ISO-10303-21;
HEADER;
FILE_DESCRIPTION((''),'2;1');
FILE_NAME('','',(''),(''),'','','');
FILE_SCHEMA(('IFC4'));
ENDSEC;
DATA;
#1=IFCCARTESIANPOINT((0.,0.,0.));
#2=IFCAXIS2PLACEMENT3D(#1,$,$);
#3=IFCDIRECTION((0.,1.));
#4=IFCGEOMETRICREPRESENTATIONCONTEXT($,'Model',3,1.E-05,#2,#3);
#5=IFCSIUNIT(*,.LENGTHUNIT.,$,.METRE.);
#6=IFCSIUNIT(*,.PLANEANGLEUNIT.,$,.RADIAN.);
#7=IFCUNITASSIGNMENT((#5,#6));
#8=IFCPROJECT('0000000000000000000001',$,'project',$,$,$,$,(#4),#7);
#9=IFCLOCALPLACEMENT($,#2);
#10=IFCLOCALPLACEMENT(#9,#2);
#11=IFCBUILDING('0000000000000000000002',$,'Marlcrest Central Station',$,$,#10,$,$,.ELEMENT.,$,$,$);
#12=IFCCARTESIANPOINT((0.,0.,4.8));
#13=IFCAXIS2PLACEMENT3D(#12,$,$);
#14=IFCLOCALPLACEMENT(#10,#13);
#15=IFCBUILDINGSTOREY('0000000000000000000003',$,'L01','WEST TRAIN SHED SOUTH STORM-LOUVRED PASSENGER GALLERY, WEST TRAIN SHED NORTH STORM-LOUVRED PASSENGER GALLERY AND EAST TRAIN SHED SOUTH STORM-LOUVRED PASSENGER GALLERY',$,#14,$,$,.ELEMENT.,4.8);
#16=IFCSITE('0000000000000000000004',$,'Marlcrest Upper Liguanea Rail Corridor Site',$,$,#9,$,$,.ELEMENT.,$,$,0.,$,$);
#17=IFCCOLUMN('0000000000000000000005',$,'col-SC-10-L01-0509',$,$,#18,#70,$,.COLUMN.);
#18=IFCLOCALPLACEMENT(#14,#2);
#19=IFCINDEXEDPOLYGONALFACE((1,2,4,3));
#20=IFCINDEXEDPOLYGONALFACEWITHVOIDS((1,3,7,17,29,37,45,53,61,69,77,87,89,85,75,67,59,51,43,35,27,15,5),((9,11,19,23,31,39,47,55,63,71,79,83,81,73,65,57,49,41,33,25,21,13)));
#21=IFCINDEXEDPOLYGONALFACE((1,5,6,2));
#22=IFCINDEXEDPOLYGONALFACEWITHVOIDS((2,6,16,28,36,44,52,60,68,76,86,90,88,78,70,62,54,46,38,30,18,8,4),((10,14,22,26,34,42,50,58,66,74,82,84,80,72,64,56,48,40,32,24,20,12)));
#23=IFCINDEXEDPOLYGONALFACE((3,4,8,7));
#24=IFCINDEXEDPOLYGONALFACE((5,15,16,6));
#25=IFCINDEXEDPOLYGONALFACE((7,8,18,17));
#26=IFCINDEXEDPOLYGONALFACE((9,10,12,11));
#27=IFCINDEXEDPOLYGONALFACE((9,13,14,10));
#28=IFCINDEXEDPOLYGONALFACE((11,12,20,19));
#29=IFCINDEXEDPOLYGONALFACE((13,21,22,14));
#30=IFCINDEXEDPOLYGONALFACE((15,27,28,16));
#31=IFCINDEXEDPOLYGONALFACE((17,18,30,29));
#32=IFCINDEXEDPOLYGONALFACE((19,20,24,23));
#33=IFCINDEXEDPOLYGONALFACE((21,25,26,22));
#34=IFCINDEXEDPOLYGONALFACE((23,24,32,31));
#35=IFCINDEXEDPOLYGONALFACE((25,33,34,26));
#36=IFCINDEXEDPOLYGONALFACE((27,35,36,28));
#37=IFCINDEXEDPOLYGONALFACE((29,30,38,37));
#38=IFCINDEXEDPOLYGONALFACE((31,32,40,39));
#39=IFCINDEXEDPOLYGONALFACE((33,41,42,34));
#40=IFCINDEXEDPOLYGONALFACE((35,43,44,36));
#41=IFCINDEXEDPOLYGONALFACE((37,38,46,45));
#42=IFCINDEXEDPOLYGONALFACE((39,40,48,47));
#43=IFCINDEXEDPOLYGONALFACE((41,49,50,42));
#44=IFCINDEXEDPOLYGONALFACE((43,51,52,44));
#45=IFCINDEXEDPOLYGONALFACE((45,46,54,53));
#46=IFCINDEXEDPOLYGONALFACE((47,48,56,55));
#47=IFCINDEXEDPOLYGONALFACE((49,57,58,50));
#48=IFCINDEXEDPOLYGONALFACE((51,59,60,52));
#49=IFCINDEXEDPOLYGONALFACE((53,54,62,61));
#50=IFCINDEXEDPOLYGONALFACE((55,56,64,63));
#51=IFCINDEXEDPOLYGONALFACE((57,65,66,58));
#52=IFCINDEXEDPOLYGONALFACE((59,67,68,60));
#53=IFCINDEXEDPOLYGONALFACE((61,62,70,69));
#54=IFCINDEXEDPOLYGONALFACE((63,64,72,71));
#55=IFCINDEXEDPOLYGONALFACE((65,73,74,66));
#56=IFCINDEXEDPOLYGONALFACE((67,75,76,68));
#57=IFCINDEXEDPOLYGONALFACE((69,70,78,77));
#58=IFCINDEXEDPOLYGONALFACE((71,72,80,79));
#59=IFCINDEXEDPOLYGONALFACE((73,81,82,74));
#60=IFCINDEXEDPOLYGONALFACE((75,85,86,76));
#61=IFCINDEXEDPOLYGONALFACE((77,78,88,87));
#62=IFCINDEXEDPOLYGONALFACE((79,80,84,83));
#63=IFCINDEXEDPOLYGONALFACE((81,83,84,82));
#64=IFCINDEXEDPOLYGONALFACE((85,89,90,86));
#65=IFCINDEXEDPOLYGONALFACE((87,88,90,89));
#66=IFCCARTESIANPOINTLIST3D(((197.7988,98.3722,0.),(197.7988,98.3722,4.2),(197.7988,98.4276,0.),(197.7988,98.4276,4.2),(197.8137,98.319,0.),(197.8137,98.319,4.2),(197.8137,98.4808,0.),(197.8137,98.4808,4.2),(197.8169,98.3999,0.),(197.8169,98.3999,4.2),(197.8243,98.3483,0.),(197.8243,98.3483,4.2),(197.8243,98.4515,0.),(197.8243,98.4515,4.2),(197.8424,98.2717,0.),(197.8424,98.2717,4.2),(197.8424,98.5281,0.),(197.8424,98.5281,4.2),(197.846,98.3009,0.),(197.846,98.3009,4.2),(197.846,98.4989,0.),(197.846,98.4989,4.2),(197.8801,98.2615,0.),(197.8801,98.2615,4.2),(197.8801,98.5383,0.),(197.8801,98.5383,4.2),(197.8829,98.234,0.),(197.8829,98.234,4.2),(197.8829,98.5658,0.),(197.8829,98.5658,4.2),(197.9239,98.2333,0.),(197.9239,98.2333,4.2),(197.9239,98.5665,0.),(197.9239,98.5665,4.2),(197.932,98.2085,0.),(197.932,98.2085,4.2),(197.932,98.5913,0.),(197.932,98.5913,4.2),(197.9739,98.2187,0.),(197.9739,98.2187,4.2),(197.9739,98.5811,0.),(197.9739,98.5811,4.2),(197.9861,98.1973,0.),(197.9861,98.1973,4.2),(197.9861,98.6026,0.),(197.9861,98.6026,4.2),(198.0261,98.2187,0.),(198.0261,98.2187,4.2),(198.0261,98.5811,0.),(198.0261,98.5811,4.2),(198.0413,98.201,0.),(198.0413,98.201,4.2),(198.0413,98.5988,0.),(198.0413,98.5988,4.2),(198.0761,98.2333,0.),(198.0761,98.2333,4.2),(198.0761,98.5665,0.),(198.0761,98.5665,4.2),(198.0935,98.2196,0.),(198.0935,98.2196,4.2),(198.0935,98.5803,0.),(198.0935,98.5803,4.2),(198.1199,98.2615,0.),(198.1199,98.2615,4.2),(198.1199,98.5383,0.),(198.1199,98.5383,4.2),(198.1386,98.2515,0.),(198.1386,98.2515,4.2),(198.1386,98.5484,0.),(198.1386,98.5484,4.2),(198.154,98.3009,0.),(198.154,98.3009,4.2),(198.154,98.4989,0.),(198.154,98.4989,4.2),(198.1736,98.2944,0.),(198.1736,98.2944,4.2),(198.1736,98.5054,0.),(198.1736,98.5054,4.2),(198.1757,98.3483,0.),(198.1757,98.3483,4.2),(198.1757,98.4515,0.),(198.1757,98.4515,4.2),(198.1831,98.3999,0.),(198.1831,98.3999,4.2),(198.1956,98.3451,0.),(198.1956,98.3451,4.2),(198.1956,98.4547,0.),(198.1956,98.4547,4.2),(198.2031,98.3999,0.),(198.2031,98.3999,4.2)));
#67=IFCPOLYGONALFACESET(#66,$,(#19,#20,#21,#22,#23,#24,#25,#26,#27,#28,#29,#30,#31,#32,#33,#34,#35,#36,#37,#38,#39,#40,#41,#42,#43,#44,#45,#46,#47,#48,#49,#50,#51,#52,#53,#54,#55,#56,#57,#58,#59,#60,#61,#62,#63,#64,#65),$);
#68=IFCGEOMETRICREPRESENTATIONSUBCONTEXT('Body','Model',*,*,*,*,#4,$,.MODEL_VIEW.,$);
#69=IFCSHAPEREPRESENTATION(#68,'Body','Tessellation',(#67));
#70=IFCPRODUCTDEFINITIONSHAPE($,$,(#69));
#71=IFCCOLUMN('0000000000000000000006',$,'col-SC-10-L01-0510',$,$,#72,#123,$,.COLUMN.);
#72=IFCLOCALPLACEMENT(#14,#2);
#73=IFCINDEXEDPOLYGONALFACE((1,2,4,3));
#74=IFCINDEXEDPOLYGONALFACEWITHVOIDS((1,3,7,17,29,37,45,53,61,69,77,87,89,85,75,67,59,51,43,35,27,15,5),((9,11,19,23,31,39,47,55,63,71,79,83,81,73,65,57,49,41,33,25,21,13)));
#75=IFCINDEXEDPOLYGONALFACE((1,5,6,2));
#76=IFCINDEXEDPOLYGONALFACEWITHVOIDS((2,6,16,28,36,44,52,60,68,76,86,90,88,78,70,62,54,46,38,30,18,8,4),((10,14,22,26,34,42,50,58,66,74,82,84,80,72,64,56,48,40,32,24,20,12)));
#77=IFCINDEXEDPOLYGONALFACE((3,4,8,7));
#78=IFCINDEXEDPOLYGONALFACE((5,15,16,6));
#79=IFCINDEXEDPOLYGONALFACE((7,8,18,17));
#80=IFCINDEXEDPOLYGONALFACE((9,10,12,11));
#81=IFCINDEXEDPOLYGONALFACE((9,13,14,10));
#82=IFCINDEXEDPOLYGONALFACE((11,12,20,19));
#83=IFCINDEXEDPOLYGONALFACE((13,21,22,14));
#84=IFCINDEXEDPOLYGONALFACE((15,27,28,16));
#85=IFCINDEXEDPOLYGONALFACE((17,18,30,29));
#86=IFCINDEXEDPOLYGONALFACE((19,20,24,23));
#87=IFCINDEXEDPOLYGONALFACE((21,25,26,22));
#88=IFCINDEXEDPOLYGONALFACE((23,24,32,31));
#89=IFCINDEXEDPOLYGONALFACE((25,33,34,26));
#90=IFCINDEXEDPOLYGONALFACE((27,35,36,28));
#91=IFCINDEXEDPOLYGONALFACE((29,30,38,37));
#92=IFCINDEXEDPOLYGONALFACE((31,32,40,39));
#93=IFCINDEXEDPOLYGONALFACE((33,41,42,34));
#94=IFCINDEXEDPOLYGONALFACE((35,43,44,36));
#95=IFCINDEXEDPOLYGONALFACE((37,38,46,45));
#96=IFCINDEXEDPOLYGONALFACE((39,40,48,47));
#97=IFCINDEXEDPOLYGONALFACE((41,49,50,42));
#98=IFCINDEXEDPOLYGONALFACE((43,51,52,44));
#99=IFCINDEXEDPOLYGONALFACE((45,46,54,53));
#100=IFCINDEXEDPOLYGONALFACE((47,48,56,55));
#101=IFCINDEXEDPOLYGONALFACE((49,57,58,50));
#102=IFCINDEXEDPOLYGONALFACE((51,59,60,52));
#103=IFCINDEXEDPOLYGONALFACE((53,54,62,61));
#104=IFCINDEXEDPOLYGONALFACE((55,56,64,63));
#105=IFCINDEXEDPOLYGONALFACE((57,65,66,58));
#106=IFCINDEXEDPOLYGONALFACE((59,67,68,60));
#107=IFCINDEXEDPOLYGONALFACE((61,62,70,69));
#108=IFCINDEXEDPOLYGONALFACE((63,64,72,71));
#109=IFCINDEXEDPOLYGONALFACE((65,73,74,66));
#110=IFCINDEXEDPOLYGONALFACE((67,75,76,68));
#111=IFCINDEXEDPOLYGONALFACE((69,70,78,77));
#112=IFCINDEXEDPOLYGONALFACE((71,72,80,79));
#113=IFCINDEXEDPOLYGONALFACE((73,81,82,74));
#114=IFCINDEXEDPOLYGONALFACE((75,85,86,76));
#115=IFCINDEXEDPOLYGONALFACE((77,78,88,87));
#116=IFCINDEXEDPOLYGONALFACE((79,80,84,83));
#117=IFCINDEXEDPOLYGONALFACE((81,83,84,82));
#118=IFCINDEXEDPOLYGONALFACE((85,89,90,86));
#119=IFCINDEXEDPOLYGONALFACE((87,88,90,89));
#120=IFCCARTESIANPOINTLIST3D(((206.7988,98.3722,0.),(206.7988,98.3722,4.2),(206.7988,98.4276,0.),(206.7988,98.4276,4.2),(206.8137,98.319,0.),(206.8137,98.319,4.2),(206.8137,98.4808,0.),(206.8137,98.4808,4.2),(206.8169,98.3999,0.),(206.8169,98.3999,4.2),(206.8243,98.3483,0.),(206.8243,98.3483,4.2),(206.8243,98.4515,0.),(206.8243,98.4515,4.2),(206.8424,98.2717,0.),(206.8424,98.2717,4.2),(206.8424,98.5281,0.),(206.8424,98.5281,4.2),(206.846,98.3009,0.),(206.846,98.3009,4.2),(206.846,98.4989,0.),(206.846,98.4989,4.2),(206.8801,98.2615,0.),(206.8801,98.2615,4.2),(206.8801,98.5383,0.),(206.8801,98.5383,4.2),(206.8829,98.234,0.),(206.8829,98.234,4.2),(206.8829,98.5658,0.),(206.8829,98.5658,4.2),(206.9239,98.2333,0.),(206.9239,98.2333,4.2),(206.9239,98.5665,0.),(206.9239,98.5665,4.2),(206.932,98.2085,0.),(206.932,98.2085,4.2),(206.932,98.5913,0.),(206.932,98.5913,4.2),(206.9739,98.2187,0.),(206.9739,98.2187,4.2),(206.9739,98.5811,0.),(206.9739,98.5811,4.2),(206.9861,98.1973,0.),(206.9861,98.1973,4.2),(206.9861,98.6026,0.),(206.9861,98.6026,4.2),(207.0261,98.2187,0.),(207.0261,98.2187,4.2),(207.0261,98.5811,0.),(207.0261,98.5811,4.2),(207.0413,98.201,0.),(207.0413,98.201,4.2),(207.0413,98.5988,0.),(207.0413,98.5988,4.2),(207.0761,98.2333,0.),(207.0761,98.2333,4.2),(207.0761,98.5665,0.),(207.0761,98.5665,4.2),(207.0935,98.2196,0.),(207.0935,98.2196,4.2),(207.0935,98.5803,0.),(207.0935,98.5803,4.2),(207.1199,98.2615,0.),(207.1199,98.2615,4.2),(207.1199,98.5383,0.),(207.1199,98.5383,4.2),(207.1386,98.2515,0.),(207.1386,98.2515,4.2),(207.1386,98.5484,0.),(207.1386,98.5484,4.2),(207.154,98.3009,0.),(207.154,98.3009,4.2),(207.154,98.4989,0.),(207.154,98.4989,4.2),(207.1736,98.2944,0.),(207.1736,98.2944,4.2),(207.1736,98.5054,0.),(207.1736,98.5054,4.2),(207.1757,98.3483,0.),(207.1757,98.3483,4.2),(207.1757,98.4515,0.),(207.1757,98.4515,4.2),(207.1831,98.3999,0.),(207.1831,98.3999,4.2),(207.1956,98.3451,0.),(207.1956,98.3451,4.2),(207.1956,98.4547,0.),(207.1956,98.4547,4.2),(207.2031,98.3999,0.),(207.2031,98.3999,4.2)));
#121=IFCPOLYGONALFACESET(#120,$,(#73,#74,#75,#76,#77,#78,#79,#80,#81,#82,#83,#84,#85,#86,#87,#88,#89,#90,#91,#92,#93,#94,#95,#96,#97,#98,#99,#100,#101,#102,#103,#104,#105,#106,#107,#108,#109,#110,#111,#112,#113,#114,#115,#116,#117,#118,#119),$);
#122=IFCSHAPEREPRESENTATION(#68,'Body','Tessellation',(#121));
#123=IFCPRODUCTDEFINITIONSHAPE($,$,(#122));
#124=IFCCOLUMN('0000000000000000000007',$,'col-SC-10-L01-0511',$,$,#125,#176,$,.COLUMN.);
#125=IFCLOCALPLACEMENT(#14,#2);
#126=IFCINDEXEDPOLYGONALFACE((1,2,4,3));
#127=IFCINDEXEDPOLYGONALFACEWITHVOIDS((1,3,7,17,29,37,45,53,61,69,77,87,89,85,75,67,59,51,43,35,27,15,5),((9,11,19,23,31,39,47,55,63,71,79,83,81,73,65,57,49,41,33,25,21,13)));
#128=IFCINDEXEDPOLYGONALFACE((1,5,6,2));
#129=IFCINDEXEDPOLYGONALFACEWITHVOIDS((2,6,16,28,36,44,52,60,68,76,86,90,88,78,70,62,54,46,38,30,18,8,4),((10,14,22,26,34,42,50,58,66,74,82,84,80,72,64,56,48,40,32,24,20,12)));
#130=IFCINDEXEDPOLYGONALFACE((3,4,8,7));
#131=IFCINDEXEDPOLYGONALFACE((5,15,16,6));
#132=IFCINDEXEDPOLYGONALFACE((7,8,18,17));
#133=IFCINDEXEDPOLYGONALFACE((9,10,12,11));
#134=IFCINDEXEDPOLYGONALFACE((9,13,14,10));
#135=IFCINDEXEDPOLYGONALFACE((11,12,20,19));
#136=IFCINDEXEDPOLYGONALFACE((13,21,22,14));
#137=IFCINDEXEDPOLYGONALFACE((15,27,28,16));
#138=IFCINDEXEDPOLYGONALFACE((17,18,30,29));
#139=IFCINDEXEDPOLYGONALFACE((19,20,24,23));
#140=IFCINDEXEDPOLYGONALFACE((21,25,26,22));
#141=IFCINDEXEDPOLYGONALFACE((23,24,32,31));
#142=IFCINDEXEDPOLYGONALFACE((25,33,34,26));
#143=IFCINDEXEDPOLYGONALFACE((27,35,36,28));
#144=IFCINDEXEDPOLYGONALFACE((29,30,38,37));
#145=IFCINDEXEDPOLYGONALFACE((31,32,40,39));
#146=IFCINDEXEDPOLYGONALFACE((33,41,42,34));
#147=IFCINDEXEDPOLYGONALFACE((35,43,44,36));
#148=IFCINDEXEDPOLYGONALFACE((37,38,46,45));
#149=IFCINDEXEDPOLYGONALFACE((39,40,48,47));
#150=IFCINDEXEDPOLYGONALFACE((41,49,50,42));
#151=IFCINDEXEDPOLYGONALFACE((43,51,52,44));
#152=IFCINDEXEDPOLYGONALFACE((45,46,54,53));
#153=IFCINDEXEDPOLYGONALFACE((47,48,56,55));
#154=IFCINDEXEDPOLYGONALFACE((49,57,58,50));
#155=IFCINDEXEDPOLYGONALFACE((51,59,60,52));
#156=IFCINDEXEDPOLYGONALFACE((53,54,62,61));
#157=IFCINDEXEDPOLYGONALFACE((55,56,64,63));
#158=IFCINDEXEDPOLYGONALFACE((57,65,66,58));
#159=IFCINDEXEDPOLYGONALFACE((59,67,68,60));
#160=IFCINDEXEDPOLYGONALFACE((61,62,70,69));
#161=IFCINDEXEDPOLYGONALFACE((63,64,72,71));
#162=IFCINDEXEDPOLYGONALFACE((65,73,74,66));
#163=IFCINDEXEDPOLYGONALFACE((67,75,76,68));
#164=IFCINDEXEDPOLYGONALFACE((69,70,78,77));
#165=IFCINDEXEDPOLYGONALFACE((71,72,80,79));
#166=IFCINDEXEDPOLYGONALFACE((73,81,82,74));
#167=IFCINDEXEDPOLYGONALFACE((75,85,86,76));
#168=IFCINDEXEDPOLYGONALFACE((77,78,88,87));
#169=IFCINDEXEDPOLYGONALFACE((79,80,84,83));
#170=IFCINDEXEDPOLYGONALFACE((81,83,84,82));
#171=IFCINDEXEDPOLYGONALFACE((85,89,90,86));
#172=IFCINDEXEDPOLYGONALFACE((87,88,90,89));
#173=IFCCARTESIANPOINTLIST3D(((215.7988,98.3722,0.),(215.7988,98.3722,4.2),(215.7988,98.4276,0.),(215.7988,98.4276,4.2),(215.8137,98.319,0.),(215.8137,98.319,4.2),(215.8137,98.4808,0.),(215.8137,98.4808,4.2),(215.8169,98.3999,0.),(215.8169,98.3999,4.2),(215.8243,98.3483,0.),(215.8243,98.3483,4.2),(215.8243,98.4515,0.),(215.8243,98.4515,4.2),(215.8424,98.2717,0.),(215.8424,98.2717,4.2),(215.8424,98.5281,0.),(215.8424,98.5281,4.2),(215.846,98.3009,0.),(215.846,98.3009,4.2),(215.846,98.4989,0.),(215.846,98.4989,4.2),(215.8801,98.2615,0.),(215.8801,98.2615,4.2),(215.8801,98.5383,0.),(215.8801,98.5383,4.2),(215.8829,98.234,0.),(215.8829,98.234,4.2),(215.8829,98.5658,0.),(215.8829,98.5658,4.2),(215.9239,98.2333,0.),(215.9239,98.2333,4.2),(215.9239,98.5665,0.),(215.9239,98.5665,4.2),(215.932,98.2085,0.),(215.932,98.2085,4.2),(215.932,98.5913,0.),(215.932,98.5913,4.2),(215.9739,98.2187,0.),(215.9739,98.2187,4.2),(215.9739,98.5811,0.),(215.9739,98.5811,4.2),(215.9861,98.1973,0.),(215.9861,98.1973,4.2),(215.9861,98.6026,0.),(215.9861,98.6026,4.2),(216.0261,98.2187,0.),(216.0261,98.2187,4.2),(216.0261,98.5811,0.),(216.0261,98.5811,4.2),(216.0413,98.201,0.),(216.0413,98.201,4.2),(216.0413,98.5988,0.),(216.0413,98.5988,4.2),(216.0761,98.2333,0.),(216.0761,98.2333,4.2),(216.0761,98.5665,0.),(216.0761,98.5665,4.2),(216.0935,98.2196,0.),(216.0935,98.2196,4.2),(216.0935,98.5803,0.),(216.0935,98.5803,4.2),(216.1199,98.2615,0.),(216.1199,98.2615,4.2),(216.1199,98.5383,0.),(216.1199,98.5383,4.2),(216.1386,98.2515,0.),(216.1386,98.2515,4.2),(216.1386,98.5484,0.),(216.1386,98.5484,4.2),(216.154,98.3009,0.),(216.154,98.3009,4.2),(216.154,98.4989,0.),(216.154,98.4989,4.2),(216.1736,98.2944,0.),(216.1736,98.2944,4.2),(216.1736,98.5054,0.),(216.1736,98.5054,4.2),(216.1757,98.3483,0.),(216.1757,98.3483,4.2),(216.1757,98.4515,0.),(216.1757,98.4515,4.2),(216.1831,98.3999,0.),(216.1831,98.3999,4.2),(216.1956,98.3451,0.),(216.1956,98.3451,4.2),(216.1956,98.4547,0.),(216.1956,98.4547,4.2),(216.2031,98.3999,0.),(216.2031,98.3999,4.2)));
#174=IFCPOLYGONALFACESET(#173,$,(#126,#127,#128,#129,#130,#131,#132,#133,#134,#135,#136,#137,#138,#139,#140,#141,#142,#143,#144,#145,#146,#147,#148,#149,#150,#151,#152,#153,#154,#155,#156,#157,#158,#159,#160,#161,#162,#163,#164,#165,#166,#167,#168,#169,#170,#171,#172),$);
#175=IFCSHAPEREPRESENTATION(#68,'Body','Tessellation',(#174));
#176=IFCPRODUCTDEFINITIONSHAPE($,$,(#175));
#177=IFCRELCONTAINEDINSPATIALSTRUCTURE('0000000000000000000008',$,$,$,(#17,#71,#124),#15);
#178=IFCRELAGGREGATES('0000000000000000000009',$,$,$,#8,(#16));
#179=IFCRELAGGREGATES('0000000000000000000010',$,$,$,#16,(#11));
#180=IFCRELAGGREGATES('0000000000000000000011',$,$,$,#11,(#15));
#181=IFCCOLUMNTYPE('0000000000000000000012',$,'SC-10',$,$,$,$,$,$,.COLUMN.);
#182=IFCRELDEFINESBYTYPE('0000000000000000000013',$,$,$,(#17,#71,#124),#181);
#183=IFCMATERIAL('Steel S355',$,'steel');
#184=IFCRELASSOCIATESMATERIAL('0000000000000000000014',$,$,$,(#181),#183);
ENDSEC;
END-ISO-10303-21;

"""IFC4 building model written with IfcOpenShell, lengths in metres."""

from ifc_helpers import new_model, si_unit, direction, frame, origin, origin_2d, place, context, subcontext, project, spatial, hollow_circle, extrude, material, material_profile, profile_set, type_object, element, save


model = new_model("IFC4")

# Units and contexts
model_context = context("Model", 3, precision=1e-05, world=origin(), true_north=direction((0.0, 1.0)))
body_context = subcontext(model_context, "Body", "Model", "MODEL_VIEW")
ifc_project = project(units=[si_unit("LENGTHUNIT", "METRE"), si_unit("PLANEANGLEUNIT", "RADIAN")], contexts=[model_context])

# Site, building, storey
site_placement = place(None, origin())
site = spatial("IfcSite", under=ifc_project, at=site_placement, Name="Marlcrest Upper Liguanea Rail Corridor Site", CompositionType="ELEMENT", RefElevation=0.0)
building_placement = place(site_placement, origin())
building = spatial("IfcBuilding", under=site, at=building_placement, Name="Marlcrest Central Station", CompositionType="ELEMENT")
storey_placement = place(building_placement, frame((0.0, 0.0, 4.8)))
storey = spatial("IfcBuildingStorey", under=building, at=storey_placement, Name="L01", Description="WEST TRAIN SHED SOUTH STORM-LOUVRED PASSENGER GALLERY, WEST TRAIN SHED NORTH STORM-LOUVRED PASSENGER GALLERY AND EAST TRAIN SHED SOUTH STORM-LOUVRED PASSENGER GALLERY", CompositionType="ELEMENT", Elevation=4.8)

# Columns
ifc_material_1 = material(Name="Steel S355", Category="steel")
ifc_material_profile_1 = material_profile(ifc_material_1, hollow_circle(Radius=0.2031, WallThickness=0.02, at=origin_2d()), Name="CHS 406.4x20")
ifc_profile_set_1 = profile_set([ifc_material_profile_1], Name="Steel S355")
column_type_1 = type_object("IfcColumnType", Name="SC-10", PredefinedType="COLUMN", material=ifc_profile_set_1)
for number, where, z_axis, x_axis, name in (
    (1, (198.0, 98.3999, 0.0), (0.0, 0.0, 1.0), (1.0, 0.0, 0.0), "col-SC-10-L01-0509"),
    (2, (207.0, 98.3999, 0.0), (0.0, 0.0, 1.0), (1.0, 0.0, 0.0), "col-SC-10-L01-0510"),
    (3, (216.0, 98.3999, 0.0), (0.0, 0.0, 1.0), (1.0, 0.0, 0.0), "col-SC-10-L01-0511"),
):
    element("IfcColumn", number, at=place(storey_placement, frame(where, z_axis=z_axis, x_axis=x_axis)), inside=storey, type_object=column_type_1, Name=name, PredefinedType="COLUMN", context=body_context, shape_type="SweptSolid", body=[
        extrude(hollow_circle(Radius=0.2031, WallThickness=0.02, at=origin_2d()), origin(), (0.0, 0.0, 1.0), 4.2),
    ])

save(model, "model.ifc")
